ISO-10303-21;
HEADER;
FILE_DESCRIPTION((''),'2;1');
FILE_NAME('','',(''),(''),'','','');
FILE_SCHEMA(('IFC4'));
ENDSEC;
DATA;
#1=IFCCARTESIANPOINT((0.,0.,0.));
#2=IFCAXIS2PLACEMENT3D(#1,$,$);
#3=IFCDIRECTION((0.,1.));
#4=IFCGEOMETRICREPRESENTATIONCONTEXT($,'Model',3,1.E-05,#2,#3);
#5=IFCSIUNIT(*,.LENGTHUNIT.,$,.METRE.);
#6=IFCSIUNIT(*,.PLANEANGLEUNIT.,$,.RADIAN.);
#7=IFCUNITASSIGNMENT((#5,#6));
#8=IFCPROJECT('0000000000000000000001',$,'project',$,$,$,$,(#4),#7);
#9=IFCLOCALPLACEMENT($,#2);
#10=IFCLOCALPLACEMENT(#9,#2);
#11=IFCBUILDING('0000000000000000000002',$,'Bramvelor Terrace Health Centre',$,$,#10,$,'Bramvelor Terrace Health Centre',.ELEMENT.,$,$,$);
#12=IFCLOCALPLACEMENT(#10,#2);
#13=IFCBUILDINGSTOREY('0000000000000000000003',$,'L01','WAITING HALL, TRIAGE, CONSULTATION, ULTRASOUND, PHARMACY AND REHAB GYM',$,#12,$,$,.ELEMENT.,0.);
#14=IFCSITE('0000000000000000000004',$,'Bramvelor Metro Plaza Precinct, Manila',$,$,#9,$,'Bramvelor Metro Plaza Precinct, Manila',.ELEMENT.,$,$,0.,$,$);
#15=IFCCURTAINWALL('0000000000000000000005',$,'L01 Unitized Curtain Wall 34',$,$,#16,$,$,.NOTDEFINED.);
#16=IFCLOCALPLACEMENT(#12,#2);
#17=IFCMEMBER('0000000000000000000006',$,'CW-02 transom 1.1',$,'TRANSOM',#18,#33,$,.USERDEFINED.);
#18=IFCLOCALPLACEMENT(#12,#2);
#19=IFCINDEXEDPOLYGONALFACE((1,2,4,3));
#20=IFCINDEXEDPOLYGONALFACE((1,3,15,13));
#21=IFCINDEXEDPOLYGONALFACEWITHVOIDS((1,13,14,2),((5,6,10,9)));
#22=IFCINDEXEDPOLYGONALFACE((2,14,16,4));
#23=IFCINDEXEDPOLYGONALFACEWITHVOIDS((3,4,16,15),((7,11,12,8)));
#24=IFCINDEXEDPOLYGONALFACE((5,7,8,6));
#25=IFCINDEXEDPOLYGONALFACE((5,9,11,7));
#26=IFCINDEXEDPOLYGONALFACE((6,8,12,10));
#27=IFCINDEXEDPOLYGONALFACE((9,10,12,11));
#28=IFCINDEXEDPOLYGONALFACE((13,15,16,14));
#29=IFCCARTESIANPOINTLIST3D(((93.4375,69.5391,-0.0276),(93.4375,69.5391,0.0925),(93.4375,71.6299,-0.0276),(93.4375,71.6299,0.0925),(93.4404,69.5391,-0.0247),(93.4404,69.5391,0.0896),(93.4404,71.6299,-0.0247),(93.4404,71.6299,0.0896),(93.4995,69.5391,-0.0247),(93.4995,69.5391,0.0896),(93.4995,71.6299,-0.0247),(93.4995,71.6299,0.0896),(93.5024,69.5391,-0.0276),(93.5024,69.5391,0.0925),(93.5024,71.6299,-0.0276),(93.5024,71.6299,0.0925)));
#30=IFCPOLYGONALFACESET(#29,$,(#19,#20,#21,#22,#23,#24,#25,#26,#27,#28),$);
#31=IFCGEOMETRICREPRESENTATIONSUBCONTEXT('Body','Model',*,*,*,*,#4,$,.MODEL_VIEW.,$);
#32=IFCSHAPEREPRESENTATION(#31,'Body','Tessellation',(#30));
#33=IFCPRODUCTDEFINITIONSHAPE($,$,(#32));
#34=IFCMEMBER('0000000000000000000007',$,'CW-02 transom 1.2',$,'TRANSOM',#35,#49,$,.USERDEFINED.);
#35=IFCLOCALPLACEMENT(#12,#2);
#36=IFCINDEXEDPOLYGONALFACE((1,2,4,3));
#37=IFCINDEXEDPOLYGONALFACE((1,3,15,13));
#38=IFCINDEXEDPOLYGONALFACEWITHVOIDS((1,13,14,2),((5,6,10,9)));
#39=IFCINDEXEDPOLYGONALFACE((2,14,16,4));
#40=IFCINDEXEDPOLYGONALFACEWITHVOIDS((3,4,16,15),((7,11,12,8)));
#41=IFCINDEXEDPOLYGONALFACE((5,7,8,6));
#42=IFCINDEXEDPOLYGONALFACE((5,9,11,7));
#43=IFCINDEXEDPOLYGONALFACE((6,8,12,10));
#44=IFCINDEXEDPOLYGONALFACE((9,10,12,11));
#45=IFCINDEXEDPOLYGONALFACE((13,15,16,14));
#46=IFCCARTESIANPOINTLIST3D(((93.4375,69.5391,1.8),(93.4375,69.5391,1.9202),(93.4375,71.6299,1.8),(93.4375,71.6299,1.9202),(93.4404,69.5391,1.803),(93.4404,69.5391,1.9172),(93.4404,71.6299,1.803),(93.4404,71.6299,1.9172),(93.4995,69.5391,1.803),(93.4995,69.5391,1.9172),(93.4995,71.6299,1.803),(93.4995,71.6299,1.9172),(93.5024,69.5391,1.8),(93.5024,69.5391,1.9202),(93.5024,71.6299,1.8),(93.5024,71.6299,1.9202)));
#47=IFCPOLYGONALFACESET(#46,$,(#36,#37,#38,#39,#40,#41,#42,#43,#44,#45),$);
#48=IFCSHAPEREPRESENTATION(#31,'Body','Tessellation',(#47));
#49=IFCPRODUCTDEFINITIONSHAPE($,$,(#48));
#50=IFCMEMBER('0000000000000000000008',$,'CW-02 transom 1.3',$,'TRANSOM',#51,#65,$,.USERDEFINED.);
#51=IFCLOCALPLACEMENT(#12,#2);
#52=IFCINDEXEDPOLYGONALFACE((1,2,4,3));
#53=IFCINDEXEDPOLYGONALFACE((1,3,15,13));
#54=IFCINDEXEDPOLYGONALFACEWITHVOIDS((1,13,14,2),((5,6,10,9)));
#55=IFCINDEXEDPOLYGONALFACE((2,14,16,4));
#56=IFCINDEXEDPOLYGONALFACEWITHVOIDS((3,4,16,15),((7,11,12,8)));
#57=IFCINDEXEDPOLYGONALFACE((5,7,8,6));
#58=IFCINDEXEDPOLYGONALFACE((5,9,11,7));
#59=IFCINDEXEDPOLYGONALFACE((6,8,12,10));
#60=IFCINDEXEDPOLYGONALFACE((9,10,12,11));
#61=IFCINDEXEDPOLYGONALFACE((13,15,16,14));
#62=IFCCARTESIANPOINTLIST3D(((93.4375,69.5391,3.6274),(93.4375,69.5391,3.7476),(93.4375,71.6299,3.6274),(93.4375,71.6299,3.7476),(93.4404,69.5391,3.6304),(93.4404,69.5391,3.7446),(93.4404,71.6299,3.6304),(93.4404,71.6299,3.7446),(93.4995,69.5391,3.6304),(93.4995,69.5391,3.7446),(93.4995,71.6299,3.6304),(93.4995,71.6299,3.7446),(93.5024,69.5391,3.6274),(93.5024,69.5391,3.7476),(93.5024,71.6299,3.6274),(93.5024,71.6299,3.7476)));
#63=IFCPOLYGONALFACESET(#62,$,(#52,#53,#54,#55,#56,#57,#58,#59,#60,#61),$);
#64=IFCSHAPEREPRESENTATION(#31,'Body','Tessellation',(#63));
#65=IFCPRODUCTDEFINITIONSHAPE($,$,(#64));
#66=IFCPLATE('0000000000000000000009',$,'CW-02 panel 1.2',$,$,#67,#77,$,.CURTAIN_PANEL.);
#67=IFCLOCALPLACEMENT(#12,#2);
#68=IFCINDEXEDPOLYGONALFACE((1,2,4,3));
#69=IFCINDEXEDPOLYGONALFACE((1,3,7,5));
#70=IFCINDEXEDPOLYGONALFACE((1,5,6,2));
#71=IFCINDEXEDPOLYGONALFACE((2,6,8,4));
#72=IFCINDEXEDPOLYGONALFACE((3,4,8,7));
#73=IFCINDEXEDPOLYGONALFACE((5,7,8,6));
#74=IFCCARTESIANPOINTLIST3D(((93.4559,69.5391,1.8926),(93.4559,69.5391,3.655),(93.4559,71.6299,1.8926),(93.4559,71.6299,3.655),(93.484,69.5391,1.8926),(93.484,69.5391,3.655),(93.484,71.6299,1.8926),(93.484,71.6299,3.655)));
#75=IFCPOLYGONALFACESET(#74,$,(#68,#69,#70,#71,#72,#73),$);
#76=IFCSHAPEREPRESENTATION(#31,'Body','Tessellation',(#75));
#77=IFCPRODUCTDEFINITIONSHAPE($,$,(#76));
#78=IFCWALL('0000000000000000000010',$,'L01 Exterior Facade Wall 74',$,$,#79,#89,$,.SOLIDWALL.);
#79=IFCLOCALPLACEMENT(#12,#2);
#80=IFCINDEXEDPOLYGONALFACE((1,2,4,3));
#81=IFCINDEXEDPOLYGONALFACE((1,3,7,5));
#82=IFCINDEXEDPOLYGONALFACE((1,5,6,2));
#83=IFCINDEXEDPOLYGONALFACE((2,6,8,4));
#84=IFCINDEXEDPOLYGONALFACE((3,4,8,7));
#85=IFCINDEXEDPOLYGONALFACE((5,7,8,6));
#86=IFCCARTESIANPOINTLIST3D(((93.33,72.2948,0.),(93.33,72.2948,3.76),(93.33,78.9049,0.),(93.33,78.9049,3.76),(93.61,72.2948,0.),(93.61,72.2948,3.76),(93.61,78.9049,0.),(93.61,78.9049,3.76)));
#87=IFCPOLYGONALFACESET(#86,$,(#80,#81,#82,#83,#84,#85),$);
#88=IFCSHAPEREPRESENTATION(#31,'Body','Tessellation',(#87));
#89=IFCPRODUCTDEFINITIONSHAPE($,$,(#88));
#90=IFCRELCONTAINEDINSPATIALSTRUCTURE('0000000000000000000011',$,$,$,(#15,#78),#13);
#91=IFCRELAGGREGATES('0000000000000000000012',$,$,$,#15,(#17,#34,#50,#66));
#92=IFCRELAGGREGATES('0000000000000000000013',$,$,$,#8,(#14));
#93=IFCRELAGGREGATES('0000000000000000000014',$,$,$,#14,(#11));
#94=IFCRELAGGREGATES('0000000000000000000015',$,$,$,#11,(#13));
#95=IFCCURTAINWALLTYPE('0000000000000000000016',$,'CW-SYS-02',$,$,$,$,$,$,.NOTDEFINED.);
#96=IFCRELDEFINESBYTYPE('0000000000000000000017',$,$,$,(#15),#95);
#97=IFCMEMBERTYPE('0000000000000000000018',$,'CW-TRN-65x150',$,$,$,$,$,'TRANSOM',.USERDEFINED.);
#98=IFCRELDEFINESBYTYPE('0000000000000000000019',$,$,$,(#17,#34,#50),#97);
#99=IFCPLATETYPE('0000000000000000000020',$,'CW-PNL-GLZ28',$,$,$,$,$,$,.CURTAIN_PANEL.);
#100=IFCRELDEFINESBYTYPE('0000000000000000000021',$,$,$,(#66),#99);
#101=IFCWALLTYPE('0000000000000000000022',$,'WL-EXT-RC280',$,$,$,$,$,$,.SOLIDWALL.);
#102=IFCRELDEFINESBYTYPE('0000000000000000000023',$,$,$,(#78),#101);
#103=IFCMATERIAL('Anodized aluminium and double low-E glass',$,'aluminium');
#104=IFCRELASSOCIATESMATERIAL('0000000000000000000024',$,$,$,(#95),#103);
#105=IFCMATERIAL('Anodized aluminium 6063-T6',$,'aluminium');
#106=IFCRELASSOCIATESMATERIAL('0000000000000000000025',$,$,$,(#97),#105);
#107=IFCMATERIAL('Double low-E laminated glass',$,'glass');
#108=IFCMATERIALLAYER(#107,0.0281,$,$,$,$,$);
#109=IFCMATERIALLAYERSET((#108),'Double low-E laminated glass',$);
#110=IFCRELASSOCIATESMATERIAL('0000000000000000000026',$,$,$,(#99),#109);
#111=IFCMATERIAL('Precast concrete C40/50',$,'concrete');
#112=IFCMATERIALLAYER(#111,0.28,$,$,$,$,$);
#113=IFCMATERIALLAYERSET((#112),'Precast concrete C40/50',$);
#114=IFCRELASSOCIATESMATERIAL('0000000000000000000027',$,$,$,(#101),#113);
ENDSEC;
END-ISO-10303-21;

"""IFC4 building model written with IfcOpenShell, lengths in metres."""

from ifc_helpers import new_model, si_unit, direction, frame, frame_2d, origin, origin_2d, place, context, subcontext, project, spatial, rectangle, hollow_rectangle, extrude, material, layer, layer_set, material_profile, profile_set, type_object, element, aggregate, save


model = new_model("IFC4")

# Units and contexts
model_context = context("Model", 3, precision=1e-05, world=origin(), true_north=direction((0.0, 1.0)))
body_context = subcontext(model_context, "Body", "Model", "MODEL_VIEW")
ifc_project = project(units=[si_unit("LENGTHUNIT", "METRE"), si_unit("PLANEANGLEUNIT", "RADIAN")], contexts=[model_context])

# Site, building, storey
site_placement = place(None, origin())
site = spatial("IfcSite", under=ifc_project, at=site_placement, Name="Bramvelor Metro Plaza Precinct, Manila", LongName="Bramvelor Metro Plaza Precinct, Manila", CompositionType="ELEMENT", RefElevation=0.0)
building_placement = place(site_placement, origin())
building = spatial("IfcBuilding", under=site, at=building_placement, Name="Bramvelor Terrace Health Centre", LongName="Bramvelor Terrace Health Centre", CompositionType="ELEMENT")
storey_placement = place(building_placement, origin())
storey = spatial("IfcBuildingStorey", under=building, at=storey_placement, Name="L01", Description="WAITING HALL, TRIAGE, CONSULTATION, ULTRASOUND, PHARMACY AND REHAB GYM", CompositionType="ELEMENT", Elevation=0.0)

# Curtain wall, members, plate
ifc_material_1 = material(Name="Anodized aluminium and double low-E glass", Category="aluminium")
curtain_wall_type = type_object("IfcCurtainWallType", Name="CW-SYS-02", PredefinedType="NOTDEFINED", material=ifc_material_1)
curtain_wall_placement = place(storey_placement, origin())
curtain_wall = element("IfcCurtainWall", 1, at=curtain_wall_placement, inside=storey, type_object=curtain_wall_type, Name="L01 Unitized Curtain Wall 34", PredefinedType="NOTDEFINED")
ifc_material_2 = material(Name="Anodized aluminium 6063-T6", Category="aluminium")
ifc_material_profile_1 = material_profile(ifc_material_2, hollow_rectangle(XDim=0.0649, YDim=0.1201, WallThickness=0.0029, at=origin_2d()), Name="ALU-TRN 65x120x3.0")
ifc_profile_set_1 = profile_set([ifc_material_profile_1], Name="Anodized aluminium 6063-T6")
member_type_1 = type_object("IfcMemberType", Name="CW-TRN-65x150", ElementType="TRANSOM", PredefinedType="USERDEFINED", material=ifc_profile_set_1)
member_1_placement = place(storey_placement, frame((93.47, 71.6299, 0.0325), z_axis=(0.0, -1.0, 0.0), x_axis=(1.0, 0.0, 0.0)))
member_1 = element("IfcMember", 2, at=member_1_placement, type_object=member_type_1, Name="CW-02 transom 1.1", ObjectType="TRANSOM", PredefinedType="USERDEFINED", context=body_context, shape_type="SweptSolid", body=[
    extrude(hollow_rectangle(XDim=0.0649, YDim=0.1201, WallThickness=0.0029, at=origin_2d()), origin(), (0.0, 0.0, 1.0), 2.0908),
])
member_2_placement = place(storey_placement, frame((93.47, 71.6299, 1.8601), z_axis=(0.0, -1.0, 0.0), x_axis=(1.0, 0.0, 0.0)))
member_2 = element("IfcMember", 3, at=member_2_placement, type_object=member_type_1, Name="CW-02 transom 1.2", ObjectType="TRANSOM", PredefinedType="USERDEFINED", context=body_context, shape_type="SweptSolid", body=[
    extrude(hollow_rectangle(XDim=0.0649, YDim=0.1201, WallThickness=0.0029, at=origin_2d()), origin(), (0.0, 0.0, 1.0), 2.0908),
])
member_3_placement = place(storey_placement, frame((93.47, 71.6299, 3.6875), z_axis=(0.0, -1.0, 0.0), x_axis=(1.0, 0.0, 0.0)))
member_3 = element("IfcMember", 4, at=member_3_placement, type_object=member_type_1, Name="CW-02 transom 1.3", ObjectType="TRANSOM", PredefinedType="USERDEFINED", context=body_context, shape_type="SweptSolid", body=[
    extrude(hollow_rectangle(XDim=0.0649, YDim=0.1201, WallThickness=0.0029, at=origin_2d()), origin(), (0.0, 0.0, 1.0), 2.0908),
])
ifc_material_3 = material(Name="Double low-E laminated glass", Category="glass")
ifc_layer_1 = layer(ifc_material_3, 0.0281)
ifc_layer_set_1 = layer_set([ifc_layer_1], Name="Double low-E laminated glass")
plate_type = type_object("IfcPlateType", Name="CW-PNL-GLZ28", PredefinedType="CURTAIN_PANEL", material=ifc_layer_set_1)
plate_placement = place(storey_placement, frame((93.47, 70.5845, 1.8926), z_axis=(0.0, 0.0, 1.0), x_axis=(0.0, -1.0, 0.0)))
plate = element("IfcPlate", 5, at=plate_placement, type_object=plate_type, Name="CW-02 panel 1.2", PredefinedType="CURTAIN_PANEL", context=body_context, shape_type="SweptSolid", body=[
    extrude(rectangle(XDim=2.0908, YDim=0.0281, at=origin_2d()), origin(), (0.0, 0.0, 1.0), 1.7625),
])
aggregate(curtain_wall, [member_1, member_2, member_3, plate])

# Wall
ifc_material_4 = material(Name="Precast concrete C40/50", Category="concrete")
ifc_layer_2 = layer(ifc_material_4, 0.28)
ifc_layer_set_2 = layer_set([ifc_layer_2], Name="Precast concrete C40/50")
wall_type = type_object("IfcWallType", Name="WL-EXT-RC280", PredefinedType="SOLIDWALL", material=ifc_layer_set_2)
wall_placement = place(storey_placement, frame((93.47, 78.905, 0.0), z_axis=(0.0, 0.0, 1.0), x_axis=(0.0, -1.0, 0.0)))
element("IfcWall", 6, at=wall_placement, inside=storey, type_object=wall_type, Name="L01 Exterior Facade Wall 74", PredefinedType="SOLIDWALL", context=body_context, shape_type="SweptSolid", body=[
    extrude(rectangle(XDim=6.6101, YDim=0.28, at=frame_2d((3.3052, 0.0))), origin(), (0.0, 0.0, 1.0), 3.76),
])

save(model, "model.ifc")
